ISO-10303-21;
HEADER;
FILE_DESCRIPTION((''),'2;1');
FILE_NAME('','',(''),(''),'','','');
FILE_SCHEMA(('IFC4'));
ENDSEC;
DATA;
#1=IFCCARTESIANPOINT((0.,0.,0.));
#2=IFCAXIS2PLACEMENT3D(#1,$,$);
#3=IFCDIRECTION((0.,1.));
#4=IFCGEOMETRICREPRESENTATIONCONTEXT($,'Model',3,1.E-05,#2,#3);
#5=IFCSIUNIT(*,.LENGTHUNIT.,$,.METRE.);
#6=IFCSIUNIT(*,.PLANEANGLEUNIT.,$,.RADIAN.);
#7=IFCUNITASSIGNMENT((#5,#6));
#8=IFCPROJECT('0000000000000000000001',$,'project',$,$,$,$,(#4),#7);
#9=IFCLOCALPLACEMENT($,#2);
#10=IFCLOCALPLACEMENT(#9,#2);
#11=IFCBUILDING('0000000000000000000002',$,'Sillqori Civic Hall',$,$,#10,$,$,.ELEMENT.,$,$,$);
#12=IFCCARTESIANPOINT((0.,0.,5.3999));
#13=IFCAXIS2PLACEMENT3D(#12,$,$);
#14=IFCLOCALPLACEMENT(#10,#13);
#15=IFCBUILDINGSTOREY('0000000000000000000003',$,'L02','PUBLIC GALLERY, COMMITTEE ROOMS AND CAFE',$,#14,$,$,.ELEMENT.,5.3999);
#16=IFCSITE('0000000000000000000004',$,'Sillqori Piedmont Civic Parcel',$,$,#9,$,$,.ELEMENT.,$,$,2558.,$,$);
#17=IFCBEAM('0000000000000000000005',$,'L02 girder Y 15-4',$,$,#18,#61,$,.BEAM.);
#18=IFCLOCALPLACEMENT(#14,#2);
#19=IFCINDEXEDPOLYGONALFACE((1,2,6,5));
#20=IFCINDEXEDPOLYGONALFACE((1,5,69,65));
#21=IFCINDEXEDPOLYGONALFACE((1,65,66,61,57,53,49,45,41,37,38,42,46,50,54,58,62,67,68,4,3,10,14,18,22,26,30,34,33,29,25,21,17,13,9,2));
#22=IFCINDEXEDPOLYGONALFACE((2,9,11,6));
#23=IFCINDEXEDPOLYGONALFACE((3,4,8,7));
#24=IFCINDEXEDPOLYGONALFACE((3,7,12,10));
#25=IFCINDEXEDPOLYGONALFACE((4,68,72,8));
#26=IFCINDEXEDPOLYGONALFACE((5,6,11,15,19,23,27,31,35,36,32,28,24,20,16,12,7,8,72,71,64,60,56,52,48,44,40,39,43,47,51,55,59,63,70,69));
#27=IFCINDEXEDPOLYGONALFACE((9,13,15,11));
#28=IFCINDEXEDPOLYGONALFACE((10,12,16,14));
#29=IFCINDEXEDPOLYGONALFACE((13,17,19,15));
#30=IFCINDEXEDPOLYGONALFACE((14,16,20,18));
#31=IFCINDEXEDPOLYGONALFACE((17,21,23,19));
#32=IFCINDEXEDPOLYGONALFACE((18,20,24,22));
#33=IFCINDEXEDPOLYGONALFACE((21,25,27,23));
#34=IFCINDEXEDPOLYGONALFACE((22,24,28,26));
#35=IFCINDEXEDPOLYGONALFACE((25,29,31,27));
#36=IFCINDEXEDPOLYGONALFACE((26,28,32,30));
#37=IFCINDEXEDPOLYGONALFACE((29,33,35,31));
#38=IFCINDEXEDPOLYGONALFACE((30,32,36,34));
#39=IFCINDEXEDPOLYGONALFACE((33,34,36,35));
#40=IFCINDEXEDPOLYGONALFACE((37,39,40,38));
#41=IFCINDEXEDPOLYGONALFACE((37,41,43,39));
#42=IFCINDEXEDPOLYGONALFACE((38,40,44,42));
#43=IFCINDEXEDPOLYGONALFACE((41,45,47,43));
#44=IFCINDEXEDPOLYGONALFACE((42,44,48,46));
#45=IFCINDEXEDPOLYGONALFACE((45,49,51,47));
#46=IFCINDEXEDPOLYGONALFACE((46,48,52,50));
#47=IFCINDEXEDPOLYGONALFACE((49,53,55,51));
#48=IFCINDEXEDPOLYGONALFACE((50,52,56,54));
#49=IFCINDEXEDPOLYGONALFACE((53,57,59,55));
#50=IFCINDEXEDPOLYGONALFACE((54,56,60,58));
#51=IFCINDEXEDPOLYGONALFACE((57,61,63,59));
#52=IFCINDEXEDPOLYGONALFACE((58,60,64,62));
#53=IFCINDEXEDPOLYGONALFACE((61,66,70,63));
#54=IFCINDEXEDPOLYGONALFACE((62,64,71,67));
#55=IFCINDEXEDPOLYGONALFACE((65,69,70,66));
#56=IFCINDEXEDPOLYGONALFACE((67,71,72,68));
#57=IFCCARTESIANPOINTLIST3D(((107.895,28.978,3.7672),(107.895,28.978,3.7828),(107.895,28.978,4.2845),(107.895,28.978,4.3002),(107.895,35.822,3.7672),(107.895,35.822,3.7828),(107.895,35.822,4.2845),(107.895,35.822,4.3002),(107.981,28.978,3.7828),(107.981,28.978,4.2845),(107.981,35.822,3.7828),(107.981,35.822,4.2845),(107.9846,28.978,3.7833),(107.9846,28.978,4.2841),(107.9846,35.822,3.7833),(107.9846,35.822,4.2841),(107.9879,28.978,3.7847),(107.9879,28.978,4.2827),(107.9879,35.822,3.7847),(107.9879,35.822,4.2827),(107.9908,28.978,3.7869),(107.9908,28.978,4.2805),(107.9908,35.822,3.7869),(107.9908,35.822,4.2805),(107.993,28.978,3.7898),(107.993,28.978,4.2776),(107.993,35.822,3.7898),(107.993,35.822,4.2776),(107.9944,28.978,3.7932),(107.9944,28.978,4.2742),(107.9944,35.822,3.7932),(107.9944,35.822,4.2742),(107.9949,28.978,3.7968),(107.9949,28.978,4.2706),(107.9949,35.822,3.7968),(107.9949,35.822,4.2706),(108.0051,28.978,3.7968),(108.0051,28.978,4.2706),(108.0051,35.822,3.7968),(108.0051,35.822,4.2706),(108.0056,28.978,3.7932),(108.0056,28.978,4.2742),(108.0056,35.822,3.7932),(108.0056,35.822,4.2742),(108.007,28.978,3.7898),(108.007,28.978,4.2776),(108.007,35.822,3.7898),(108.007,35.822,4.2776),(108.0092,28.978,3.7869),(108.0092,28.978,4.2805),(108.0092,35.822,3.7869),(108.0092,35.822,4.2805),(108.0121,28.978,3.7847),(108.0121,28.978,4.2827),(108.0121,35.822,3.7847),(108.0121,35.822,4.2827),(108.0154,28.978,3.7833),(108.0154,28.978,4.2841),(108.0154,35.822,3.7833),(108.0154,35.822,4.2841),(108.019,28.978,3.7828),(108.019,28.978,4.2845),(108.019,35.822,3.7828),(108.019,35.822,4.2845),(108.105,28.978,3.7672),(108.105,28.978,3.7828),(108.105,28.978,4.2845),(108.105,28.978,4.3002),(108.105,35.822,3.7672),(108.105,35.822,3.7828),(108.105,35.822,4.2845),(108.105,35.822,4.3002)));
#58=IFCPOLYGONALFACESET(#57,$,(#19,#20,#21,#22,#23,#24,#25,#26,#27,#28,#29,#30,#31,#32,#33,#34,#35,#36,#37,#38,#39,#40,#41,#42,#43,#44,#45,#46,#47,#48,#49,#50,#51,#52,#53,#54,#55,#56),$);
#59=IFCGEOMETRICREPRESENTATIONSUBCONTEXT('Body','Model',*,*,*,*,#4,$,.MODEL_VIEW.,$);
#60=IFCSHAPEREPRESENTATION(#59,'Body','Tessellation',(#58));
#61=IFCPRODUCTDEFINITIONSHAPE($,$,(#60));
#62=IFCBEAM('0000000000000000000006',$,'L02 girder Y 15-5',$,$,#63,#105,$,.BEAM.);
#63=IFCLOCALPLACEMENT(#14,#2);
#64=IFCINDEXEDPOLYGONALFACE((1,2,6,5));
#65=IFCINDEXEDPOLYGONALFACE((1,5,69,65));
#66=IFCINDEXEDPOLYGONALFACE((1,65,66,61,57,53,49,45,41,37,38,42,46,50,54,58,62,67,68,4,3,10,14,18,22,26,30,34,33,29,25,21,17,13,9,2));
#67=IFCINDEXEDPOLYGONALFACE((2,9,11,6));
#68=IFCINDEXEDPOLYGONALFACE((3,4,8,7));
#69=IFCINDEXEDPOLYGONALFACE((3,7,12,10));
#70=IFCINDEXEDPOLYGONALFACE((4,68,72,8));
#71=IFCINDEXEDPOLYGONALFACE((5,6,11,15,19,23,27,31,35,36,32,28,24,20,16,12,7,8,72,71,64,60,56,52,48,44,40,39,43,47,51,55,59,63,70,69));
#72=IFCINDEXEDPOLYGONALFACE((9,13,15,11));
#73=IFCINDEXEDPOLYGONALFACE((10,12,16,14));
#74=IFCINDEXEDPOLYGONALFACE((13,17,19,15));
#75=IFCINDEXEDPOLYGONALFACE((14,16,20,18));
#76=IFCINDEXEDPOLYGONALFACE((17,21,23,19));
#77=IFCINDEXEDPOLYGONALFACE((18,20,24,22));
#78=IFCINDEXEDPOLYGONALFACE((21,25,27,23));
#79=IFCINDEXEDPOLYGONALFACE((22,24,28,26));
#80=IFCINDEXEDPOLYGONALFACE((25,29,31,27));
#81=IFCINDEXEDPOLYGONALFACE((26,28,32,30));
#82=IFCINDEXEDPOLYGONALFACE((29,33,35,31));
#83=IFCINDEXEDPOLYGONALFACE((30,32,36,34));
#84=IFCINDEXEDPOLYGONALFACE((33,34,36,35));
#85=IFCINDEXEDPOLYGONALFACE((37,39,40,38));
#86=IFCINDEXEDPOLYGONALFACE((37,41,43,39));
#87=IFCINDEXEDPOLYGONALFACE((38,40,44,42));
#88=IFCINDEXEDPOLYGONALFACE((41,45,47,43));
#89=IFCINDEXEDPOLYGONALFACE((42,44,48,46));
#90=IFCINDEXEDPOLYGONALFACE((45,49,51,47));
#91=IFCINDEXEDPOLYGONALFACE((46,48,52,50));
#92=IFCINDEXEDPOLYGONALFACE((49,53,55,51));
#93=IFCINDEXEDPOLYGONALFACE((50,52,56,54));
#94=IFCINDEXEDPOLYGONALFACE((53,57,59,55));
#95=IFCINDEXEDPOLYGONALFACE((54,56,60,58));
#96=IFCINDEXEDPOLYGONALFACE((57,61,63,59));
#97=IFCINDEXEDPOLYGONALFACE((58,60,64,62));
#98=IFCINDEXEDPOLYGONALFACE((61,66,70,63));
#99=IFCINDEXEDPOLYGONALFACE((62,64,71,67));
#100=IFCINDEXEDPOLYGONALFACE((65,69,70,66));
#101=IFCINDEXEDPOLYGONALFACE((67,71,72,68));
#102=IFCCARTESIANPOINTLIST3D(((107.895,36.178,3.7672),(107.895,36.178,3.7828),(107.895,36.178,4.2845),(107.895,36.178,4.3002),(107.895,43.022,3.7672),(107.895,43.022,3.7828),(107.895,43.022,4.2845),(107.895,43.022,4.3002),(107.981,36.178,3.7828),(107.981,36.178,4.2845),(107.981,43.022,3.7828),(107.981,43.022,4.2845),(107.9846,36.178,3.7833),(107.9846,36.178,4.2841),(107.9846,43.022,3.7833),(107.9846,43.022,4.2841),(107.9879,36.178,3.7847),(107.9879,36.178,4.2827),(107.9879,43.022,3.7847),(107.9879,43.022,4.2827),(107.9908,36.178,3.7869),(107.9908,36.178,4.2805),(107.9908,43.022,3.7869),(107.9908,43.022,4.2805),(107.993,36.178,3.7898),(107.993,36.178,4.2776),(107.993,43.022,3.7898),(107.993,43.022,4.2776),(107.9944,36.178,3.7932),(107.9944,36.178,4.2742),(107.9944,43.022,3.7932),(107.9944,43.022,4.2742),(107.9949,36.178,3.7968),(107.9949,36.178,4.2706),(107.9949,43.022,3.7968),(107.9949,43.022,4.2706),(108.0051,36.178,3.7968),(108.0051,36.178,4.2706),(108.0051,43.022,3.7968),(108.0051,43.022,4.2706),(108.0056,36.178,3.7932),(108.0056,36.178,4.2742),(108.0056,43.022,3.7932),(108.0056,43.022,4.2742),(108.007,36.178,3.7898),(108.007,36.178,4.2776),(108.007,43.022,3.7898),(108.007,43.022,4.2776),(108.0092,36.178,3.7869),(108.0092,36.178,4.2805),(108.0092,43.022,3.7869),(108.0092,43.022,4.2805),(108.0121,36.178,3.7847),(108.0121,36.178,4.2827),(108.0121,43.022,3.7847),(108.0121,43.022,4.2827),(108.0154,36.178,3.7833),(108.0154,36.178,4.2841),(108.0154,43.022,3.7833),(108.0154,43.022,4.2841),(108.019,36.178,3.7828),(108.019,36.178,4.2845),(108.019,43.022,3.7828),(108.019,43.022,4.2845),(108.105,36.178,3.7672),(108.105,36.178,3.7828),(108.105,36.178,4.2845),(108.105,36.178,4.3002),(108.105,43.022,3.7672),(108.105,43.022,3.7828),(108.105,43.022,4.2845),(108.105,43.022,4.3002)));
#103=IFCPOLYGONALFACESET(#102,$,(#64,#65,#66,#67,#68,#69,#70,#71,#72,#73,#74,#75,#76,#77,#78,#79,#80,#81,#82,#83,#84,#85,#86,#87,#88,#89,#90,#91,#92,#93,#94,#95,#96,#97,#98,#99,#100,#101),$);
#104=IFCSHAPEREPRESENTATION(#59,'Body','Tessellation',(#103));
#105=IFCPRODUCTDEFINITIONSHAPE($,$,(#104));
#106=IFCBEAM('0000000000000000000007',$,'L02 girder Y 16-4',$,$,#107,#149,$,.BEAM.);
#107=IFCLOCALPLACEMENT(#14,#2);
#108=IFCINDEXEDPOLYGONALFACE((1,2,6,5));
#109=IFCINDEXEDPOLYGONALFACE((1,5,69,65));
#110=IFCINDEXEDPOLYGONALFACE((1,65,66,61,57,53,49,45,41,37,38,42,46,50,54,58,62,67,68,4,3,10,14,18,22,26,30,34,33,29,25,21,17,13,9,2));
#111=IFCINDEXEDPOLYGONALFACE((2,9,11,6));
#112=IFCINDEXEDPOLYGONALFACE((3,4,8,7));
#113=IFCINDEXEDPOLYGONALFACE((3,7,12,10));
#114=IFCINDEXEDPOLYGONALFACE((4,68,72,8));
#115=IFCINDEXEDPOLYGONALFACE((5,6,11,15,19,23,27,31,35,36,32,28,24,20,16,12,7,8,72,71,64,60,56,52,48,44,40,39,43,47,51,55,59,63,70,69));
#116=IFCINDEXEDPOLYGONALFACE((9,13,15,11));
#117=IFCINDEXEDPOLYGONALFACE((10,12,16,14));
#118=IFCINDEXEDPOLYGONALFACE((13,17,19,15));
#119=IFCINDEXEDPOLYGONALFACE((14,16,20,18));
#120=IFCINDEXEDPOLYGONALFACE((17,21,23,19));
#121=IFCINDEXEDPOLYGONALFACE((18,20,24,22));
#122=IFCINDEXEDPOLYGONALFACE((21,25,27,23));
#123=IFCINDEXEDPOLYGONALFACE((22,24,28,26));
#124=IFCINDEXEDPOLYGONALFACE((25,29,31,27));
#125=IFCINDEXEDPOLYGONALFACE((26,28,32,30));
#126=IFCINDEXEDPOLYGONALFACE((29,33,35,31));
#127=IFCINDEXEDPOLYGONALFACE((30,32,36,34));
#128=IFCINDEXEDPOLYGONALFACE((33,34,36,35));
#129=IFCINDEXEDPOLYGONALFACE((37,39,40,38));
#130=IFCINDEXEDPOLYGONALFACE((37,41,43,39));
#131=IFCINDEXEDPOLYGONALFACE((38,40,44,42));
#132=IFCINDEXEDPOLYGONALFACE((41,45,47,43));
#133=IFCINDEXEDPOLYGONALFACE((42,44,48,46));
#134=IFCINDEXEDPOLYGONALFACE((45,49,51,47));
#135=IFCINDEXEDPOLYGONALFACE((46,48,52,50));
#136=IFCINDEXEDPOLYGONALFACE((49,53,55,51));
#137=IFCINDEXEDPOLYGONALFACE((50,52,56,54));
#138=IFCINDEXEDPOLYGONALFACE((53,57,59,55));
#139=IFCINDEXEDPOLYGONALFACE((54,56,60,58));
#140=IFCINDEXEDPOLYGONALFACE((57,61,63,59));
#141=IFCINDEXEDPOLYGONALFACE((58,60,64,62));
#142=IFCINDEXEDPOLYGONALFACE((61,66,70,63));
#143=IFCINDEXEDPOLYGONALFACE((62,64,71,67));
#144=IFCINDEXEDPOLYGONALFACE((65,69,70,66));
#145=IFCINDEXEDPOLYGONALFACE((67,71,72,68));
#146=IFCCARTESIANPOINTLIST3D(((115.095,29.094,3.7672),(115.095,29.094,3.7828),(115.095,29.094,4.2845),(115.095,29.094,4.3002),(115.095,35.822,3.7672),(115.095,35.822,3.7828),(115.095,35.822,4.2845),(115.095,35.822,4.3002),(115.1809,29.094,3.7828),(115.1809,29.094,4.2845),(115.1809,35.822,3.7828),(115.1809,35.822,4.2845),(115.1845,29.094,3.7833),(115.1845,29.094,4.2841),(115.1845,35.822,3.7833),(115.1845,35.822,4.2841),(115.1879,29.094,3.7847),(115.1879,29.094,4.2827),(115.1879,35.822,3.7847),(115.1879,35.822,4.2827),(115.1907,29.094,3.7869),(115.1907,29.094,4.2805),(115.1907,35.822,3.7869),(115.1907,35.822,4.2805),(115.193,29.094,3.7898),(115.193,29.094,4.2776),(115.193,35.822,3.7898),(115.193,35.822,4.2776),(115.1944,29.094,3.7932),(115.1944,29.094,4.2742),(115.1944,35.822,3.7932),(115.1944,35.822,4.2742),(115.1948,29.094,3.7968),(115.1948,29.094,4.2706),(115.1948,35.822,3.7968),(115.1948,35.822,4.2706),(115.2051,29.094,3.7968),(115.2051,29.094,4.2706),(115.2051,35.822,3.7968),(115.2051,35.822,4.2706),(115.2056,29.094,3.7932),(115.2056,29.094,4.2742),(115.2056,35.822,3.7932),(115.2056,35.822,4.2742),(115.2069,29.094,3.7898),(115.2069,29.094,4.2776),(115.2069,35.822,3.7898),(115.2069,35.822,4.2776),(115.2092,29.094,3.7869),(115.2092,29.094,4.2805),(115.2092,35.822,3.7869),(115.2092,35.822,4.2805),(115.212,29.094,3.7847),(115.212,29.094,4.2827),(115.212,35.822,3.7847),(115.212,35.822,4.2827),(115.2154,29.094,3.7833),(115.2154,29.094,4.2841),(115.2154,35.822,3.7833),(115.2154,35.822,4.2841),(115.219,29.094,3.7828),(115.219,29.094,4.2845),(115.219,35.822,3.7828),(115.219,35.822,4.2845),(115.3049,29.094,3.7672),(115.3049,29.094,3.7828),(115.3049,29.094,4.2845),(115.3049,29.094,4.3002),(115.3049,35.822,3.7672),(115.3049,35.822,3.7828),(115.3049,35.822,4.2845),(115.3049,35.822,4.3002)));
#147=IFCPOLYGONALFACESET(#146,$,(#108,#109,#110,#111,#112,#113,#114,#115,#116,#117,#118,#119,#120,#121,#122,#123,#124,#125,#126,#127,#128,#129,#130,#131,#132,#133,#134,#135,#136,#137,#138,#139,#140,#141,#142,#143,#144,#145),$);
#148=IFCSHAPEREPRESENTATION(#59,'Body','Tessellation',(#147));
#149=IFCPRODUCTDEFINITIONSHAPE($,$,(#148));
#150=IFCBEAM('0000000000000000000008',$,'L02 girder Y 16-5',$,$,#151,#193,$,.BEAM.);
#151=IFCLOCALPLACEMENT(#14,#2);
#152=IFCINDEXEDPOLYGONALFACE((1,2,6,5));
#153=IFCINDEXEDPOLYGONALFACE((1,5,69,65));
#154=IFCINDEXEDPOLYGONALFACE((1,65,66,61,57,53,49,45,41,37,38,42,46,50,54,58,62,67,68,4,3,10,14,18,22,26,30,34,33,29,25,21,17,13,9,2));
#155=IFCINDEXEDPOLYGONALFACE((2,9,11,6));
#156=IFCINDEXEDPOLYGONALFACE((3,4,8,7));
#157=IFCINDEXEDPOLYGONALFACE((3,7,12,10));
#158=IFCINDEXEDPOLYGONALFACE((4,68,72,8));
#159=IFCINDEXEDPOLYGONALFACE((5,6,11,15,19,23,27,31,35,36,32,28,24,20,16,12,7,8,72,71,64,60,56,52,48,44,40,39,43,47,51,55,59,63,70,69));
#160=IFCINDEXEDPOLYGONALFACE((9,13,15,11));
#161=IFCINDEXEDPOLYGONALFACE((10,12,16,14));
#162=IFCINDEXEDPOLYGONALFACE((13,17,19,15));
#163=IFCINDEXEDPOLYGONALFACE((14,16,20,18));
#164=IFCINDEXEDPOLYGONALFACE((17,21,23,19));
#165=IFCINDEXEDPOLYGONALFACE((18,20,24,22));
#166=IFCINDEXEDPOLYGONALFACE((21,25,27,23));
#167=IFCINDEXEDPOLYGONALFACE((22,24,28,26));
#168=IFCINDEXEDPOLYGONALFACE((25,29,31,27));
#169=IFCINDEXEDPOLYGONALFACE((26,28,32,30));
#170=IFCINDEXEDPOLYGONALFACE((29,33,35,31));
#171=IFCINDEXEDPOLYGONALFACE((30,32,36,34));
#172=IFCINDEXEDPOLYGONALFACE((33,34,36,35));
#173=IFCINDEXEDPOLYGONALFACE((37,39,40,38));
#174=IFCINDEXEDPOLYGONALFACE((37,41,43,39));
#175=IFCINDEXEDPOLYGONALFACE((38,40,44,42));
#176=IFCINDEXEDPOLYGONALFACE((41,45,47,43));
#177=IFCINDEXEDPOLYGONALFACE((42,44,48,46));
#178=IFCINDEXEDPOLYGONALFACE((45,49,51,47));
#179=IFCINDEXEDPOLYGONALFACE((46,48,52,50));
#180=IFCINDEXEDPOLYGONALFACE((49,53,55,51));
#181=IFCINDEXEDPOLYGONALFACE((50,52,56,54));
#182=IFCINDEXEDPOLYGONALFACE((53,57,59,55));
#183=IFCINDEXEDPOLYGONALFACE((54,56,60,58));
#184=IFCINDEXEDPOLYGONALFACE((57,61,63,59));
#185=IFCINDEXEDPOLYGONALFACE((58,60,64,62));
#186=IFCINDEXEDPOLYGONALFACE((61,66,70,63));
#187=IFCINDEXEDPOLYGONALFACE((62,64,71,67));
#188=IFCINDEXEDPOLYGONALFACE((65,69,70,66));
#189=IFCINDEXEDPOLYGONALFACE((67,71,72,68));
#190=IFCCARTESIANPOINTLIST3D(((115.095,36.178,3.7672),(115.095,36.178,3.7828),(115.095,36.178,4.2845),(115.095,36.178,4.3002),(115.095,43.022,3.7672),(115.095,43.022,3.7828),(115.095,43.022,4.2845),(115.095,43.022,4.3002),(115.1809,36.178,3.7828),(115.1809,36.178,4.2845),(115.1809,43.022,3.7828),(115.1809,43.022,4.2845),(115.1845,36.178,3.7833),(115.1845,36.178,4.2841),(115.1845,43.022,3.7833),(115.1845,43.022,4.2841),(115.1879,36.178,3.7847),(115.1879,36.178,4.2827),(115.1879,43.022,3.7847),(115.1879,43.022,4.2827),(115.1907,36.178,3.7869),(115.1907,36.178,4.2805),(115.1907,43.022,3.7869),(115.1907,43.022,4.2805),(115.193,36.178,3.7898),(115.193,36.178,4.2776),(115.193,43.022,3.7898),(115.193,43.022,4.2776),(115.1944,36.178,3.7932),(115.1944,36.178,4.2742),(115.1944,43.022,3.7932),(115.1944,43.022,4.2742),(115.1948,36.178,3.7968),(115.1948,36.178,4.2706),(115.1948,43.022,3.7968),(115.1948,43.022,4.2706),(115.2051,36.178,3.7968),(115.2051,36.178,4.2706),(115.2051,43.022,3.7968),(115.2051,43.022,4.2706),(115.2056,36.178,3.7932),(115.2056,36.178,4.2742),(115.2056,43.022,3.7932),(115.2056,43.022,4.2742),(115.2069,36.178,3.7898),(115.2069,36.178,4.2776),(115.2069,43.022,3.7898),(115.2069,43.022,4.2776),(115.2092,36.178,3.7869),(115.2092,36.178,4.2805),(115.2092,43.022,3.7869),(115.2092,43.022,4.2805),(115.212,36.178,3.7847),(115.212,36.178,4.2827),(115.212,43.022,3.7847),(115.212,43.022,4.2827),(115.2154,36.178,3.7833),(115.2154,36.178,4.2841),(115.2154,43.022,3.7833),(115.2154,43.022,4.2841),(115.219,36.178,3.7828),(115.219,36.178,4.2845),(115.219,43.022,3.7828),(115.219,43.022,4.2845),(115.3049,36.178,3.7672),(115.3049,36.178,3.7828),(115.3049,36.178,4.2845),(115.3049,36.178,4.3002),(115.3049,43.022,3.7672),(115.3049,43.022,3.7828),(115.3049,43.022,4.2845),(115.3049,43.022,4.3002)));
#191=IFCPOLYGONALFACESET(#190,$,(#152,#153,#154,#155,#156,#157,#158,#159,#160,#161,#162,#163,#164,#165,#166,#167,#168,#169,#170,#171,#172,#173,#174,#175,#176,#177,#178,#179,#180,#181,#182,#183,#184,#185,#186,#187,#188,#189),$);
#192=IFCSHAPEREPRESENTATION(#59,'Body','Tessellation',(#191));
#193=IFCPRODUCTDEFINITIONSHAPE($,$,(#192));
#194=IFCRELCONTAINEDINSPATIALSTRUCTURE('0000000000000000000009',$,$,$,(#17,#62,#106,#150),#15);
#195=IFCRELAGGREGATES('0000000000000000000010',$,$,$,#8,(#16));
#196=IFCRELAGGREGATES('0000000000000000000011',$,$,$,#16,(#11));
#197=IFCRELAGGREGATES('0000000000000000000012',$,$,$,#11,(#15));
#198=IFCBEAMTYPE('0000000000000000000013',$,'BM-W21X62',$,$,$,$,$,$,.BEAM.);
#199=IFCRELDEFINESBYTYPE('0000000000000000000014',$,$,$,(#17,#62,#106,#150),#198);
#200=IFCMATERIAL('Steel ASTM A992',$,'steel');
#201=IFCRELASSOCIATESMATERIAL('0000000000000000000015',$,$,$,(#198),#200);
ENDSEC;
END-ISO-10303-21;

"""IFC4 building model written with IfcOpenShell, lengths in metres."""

from ifc_helpers import new_model, si_unit, direction, frame, origin, origin_2d, place, context, subcontext, project, spatial, i_section, extrude, material, material_profile, profile_set, type_object, element, save


model = new_model("IFC4")

# Units and contexts
model_context = context("Model", 3, precision=1e-05, world=origin(), true_north=direction((0.0, 1.0)))
body_context = subcontext(model_context, "Body", "Model", "MODEL_VIEW")
ifc_project = project(units=[si_unit("LENGTHUNIT", "METRE"), si_unit("PLANEANGLEUNIT", "RADIAN")], contexts=[model_context])

# Site, building, storey
site_placement = place(None, origin())
site = spatial("IfcSite", under=ifc_project, at=site_placement, Name="Sillqori Piedmont Civic Parcel", CompositionType="ELEMENT", RefElevation=2558.0)
building_placement = place(site_placement, origin())
building = spatial("IfcBuilding", under=site, at=building_placement, Name="Sillqori Civic Hall", CompositionType="ELEMENT")
storey_placement = place(building_placement, frame((0.0, 0.0, 5.3999)))
storey = spatial("IfcBuildingStorey", under=building, at=storey_placement, Name="L02", Description="PUBLIC GALLERY, COMMITTEE ROOMS AND CAFE", CompositionType="ELEMENT", Elevation=5.3999)

# Shared definitions
ifc_material_1 = material(Name="Steel ASTM A992", Category="steel")

# Beams
ifc_material_profile_1 = material_profile(ifc_material_1, i_section(OverallWidth=0.21, OverallDepth=0.533, WebThickness=0.0103, FlangeThickness=0.0156, FilletRadius=0.0139, at=origin_2d()), Name="W21X62")
ifc_profile_set_1 = profile_set([ifc_material_profile_1], Name="Steel ASTM A992")
beam_type_1 = type_object("IfcBeamType", Name="BM-W21X62", PredefinedType="BEAM", material=ifc_profile_set_1)
for number, where, z_axis, x_axis, name in (
    (1, (108.0, 28.978, 4.0337), (0.0, 1.0, 0.0), (-1.0, 0.0, 0.0), "L02 girder Y 15-4"),
    (2, (108.0, 36.178, 4.0337), (0.0, 1.0, 0.0), (-1.0, 0.0, 0.0), "L02 girder Y 15-5"),
):
    element("IfcBeam", number, at=place(storey_placement, frame(where, z_axis=z_axis, x_axis=x_axis)), inside=storey, type_object=beam_type_1, Name=name, PredefinedType="BEAM", context=body_context, shape_type="SweptSolid", body=[
        extrude(i_section(OverallWidth=0.21, OverallDepth=0.533, WebThickness=0.0103, FlangeThickness=0.0156, FilletRadius=0.0139, at=origin_2d()), origin(), (0.0, 0.0, 1.0), 6.844),
    ])
beam_1_placement = place(storey_placement, frame((115.2, 29.094, 4.0337), z_axis=(0.0, 1.0, 0.0), x_axis=(-1.0, 0.0, 0.0)))
element("IfcBeam", 3, at=beam_1_placement, inside=storey, type_object=beam_type_1, Name="L02 girder Y 16-4", PredefinedType="BEAM", context=body_context, shape_type="SweptSolid", body=[
    extrude(i_section(OverallWidth=0.21, OverallDepth=0.533, WebThickness=0.0103, FlangeThickness=0.0156, FilletRadius=0.0139, at=origin_2d()), origin(), (0.0, 0.0, 1.0), 6.728),
])
beam_2_placement = place(storey_placement, frame((115.2, 36.178, 4.0337), z_axis=(0.0, 1.0, 0.0), x_axis=(-1.0, 0.0, 0.0)))
element("IfcBeam", 4, at=beam_2_placement, inside=storey, type_object=beam_type_1, Name="L02 girder Y 16-5", PredefinedType="BEAM", context=body_context, shape_type="SweptSolid", body=[
    extrude(i_section(OverallWidth=0.21, OverallDepth=0.533, WebThickness=0.0103, FlangeThickness=0.0156, FilletRadius=0.0139, at=origin_2d()), origin(), (0.0, 0.0, 1.0), 6.844),
])

save(model, "model.ifc")
